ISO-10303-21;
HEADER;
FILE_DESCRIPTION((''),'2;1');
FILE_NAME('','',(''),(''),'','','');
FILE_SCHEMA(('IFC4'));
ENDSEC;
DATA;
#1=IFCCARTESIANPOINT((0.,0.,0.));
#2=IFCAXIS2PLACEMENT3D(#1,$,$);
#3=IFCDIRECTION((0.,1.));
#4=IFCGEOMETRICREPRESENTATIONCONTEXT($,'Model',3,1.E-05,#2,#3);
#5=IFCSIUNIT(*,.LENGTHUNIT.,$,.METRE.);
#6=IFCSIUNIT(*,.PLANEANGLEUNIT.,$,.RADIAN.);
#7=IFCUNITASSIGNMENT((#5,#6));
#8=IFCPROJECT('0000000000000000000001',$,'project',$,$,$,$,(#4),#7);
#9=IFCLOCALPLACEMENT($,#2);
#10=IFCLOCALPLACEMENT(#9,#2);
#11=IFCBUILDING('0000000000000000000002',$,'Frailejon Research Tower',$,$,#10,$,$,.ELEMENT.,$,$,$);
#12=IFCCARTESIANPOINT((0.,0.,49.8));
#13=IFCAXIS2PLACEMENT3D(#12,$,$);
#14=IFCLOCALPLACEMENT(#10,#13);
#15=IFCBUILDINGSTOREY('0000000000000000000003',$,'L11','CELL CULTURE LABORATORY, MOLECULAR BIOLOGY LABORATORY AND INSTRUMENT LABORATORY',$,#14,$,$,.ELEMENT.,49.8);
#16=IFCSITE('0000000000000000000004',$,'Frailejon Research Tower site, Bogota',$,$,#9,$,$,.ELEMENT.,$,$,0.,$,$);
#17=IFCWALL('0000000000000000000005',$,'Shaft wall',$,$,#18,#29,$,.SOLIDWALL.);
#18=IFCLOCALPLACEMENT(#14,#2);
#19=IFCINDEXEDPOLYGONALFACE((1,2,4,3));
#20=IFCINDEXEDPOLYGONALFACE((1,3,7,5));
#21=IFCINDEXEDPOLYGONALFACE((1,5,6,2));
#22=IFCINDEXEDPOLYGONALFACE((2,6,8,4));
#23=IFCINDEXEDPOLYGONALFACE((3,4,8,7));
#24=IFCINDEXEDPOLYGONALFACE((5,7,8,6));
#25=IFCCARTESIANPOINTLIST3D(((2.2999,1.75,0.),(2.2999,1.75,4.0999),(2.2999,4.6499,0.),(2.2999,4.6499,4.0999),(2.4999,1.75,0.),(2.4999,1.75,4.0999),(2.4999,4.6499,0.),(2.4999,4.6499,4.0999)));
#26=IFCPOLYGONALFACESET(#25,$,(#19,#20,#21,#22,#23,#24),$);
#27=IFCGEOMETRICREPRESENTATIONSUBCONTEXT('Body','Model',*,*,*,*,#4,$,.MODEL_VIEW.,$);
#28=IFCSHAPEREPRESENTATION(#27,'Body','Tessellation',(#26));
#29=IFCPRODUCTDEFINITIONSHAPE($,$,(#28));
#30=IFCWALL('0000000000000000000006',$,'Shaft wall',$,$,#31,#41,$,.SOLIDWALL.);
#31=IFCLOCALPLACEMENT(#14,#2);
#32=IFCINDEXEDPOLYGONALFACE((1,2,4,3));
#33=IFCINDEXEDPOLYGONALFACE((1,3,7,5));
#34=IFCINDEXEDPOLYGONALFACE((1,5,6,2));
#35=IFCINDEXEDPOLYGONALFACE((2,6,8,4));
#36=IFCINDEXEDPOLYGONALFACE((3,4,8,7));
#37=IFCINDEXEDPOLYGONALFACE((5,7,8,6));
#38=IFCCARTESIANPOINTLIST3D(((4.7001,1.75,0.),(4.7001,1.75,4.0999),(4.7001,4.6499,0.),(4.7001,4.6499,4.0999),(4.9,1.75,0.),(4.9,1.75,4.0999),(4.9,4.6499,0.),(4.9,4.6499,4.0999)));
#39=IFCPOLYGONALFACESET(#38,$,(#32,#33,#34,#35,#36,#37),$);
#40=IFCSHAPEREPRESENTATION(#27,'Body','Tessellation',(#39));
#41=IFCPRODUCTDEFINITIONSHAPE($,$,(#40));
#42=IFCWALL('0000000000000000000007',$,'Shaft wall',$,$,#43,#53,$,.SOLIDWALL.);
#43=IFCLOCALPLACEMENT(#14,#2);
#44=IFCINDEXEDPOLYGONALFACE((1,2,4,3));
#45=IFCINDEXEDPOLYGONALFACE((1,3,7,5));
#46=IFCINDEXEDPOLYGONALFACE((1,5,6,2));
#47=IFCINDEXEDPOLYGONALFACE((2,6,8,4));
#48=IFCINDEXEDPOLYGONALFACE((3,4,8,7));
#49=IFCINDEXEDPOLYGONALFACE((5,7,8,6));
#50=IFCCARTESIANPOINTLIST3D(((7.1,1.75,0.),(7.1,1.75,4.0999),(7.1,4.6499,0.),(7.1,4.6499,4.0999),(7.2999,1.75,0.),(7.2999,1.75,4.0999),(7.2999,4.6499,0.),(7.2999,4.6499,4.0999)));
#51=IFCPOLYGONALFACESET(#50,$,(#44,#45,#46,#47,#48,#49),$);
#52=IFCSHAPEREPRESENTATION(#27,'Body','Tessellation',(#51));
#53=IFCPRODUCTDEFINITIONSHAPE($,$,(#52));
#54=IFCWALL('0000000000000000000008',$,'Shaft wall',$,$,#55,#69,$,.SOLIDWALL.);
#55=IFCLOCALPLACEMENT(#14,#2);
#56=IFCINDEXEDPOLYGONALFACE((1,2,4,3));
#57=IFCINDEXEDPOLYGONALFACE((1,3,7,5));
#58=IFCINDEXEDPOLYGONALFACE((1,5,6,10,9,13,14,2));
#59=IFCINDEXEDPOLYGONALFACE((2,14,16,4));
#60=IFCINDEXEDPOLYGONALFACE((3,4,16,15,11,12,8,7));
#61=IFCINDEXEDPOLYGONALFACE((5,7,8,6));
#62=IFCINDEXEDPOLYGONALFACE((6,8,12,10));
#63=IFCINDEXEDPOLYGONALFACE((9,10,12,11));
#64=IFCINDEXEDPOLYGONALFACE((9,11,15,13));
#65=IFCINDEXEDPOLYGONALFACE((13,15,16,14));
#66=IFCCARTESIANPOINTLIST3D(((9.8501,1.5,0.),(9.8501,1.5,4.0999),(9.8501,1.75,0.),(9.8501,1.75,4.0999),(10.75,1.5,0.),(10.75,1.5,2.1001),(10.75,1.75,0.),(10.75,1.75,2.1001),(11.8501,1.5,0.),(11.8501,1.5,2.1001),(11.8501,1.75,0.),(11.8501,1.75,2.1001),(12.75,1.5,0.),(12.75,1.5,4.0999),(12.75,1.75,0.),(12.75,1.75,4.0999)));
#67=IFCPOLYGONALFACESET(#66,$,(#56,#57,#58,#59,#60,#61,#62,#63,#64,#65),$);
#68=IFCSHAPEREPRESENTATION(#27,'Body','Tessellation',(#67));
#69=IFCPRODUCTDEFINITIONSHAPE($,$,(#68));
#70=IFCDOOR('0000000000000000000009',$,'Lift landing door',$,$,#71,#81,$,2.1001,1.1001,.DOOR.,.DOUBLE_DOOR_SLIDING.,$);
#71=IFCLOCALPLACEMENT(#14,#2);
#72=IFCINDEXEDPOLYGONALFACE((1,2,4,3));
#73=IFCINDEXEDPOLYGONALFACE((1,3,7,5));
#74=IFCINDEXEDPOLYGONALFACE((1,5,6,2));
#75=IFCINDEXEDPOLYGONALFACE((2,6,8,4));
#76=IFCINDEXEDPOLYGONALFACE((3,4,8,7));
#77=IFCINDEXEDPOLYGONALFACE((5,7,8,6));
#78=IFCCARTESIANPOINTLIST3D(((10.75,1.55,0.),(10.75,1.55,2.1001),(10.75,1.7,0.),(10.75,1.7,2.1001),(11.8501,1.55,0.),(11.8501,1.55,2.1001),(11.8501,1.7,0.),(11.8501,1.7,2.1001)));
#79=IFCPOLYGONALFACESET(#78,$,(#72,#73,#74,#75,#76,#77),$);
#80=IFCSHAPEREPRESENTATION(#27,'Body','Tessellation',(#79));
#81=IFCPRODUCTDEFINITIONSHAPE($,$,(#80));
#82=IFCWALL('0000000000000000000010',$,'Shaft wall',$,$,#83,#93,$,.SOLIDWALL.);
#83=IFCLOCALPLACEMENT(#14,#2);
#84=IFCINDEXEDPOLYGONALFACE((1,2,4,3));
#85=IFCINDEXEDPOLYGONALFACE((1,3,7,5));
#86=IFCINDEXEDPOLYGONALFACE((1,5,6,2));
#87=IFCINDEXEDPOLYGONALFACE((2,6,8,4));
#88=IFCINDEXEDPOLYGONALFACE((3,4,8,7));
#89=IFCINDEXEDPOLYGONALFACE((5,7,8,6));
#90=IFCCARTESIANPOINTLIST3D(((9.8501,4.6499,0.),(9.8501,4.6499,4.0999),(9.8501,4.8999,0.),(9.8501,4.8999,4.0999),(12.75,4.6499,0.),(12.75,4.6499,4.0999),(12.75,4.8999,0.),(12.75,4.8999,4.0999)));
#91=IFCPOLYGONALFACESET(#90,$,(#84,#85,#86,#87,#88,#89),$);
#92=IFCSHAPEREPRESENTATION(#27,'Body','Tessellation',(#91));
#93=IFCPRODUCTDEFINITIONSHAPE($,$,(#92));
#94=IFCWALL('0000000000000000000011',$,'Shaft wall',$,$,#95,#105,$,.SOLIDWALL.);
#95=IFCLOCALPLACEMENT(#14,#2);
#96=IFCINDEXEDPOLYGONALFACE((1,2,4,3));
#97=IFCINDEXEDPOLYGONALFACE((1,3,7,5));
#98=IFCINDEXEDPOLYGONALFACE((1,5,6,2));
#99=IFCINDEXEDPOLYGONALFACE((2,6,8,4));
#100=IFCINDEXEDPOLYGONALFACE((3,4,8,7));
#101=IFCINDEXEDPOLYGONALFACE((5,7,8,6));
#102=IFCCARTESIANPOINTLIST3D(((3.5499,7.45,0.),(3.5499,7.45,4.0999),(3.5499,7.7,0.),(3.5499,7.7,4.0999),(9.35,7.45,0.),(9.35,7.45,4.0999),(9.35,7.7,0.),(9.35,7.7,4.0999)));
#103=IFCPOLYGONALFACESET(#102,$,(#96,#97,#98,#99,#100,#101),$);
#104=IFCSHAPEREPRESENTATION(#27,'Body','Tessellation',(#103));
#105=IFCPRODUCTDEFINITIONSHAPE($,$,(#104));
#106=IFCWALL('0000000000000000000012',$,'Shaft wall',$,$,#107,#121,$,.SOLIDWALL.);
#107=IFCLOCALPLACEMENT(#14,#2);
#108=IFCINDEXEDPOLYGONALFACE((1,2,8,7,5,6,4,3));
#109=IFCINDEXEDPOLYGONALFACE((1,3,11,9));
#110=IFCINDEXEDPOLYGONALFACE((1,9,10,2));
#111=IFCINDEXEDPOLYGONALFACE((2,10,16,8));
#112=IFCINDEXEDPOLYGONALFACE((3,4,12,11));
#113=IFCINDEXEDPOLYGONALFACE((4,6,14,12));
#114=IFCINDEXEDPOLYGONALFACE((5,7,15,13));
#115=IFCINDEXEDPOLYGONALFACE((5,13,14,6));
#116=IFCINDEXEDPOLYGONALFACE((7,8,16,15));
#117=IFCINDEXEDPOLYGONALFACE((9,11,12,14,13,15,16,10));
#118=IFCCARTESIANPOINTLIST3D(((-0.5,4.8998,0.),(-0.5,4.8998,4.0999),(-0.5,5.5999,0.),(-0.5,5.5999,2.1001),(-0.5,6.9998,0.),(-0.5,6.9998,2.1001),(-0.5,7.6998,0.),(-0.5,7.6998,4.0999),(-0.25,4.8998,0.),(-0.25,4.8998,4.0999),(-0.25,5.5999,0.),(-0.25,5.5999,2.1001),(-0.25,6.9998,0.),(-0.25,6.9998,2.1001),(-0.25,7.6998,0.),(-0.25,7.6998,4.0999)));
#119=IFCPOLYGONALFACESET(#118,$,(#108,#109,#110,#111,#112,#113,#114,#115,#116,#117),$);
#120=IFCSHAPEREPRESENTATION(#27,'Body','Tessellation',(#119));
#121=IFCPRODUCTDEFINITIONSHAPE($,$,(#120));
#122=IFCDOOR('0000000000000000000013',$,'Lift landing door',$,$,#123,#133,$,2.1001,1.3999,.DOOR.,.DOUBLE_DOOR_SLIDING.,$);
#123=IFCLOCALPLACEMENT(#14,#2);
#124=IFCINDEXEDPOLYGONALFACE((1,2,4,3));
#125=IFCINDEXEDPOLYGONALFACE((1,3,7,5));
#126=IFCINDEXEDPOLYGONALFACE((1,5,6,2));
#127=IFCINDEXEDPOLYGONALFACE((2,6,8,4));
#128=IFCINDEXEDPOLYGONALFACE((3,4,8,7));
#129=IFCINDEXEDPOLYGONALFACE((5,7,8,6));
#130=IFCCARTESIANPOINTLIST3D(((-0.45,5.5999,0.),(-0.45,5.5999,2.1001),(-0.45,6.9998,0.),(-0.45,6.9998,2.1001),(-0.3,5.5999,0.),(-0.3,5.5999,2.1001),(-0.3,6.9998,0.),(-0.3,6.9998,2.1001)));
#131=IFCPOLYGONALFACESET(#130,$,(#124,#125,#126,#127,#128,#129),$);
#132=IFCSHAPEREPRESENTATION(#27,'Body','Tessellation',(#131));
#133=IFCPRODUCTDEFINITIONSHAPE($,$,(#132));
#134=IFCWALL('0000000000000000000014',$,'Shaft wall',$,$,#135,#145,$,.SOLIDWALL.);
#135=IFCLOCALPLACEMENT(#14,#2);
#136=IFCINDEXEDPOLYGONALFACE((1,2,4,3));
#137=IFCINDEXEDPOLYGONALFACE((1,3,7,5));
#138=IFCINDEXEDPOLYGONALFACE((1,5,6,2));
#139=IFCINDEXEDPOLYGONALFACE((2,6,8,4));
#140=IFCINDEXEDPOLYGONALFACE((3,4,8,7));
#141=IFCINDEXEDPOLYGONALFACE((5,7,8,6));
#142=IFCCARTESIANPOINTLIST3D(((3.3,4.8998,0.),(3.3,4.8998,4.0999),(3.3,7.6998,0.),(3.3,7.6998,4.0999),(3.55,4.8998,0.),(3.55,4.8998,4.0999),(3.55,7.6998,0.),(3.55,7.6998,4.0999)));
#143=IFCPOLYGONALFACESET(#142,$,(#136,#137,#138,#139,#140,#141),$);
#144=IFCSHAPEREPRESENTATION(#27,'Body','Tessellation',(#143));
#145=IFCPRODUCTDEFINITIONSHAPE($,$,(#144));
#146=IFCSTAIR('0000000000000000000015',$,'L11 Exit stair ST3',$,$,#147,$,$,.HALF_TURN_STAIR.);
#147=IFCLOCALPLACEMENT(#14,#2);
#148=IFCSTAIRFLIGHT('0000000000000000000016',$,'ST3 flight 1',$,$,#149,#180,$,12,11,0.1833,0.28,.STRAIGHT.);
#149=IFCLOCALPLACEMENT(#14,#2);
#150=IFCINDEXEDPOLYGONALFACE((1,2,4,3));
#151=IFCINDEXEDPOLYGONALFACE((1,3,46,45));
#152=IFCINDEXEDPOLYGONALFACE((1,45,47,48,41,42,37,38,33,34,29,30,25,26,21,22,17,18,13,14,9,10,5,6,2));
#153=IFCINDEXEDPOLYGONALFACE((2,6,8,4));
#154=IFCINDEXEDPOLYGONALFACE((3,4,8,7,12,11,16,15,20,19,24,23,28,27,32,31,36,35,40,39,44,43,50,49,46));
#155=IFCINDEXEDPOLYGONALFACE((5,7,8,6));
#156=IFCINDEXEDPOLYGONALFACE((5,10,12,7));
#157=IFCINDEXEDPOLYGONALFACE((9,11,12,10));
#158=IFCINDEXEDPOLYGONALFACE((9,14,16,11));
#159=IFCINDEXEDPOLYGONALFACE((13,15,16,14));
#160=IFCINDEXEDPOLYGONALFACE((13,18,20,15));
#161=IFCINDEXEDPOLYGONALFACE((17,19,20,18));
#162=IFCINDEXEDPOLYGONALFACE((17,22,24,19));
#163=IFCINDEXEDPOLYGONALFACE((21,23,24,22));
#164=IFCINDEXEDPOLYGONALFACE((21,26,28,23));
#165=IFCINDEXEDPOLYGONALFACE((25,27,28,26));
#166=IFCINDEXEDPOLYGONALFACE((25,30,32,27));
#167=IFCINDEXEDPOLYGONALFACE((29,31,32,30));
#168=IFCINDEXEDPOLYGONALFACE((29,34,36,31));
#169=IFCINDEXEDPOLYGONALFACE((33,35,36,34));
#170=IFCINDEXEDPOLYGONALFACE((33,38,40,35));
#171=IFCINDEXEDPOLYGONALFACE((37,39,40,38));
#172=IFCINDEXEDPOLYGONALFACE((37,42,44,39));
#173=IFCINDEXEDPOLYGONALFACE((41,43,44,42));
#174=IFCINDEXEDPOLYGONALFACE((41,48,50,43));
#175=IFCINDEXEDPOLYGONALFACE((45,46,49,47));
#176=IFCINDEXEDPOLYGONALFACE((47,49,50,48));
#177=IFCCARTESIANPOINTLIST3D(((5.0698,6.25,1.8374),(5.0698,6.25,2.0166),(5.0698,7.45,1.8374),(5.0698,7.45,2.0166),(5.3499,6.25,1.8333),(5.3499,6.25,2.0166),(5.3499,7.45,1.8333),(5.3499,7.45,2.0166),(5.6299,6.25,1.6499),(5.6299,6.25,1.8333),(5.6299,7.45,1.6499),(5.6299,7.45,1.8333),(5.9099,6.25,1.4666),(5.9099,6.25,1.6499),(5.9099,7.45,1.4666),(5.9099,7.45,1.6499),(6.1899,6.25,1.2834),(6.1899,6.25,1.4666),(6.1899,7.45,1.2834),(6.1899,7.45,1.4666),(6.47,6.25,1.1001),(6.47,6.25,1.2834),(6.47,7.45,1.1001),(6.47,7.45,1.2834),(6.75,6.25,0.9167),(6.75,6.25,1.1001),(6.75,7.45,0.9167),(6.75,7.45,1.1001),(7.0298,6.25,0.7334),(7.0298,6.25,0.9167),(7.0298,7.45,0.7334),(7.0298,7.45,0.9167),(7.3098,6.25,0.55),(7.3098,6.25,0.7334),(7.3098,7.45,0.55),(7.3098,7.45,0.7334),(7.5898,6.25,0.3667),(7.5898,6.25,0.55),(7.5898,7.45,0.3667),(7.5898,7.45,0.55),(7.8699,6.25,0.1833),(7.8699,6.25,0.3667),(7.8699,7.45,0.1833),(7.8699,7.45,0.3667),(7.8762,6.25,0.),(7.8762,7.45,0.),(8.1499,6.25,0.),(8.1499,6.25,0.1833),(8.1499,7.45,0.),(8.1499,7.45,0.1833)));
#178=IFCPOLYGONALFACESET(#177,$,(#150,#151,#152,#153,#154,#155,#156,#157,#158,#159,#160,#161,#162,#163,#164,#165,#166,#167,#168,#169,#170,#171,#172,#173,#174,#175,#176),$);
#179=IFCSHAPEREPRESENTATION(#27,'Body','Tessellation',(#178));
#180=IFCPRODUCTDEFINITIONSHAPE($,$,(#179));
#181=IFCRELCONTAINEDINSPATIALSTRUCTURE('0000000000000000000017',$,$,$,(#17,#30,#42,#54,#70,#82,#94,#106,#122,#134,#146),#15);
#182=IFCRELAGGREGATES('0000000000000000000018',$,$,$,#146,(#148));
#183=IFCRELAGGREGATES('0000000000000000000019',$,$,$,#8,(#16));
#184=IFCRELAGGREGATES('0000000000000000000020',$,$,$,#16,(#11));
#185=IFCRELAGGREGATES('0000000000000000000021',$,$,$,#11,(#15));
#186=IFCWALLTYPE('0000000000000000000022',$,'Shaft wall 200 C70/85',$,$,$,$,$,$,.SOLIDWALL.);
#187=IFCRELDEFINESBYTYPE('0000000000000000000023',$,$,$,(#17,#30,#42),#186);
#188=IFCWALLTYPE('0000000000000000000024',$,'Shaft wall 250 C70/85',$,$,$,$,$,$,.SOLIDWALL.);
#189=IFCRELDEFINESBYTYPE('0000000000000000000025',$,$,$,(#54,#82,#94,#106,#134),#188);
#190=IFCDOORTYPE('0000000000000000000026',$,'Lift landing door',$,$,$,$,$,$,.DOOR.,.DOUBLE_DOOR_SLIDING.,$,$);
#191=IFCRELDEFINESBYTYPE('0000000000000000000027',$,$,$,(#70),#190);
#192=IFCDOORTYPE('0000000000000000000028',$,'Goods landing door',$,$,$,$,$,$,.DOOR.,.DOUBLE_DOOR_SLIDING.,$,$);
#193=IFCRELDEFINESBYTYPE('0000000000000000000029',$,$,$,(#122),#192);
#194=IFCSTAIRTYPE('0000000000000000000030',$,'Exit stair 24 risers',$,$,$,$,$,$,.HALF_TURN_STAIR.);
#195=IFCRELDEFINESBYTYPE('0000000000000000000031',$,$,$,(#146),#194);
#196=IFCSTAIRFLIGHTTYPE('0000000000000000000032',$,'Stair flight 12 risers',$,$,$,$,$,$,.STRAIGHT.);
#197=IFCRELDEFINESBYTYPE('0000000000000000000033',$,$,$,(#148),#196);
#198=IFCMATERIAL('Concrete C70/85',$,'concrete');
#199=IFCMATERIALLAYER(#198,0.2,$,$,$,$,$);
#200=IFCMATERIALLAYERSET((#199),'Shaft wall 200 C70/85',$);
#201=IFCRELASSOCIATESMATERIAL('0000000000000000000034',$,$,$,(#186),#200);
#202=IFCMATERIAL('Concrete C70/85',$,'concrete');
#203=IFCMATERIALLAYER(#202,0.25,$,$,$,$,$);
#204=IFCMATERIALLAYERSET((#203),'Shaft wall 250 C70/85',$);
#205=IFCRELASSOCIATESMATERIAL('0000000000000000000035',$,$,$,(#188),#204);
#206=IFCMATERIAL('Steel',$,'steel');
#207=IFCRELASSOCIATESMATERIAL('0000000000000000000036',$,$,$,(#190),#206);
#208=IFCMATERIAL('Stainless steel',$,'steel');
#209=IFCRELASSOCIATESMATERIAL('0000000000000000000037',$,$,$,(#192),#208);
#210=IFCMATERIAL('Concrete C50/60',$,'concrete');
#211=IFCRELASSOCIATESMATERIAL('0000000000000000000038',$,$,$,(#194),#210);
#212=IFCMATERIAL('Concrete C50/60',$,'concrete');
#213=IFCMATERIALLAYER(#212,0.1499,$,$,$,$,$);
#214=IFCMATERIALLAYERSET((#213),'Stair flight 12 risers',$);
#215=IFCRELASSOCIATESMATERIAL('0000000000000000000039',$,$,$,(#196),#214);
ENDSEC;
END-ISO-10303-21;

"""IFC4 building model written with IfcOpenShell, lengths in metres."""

from ifc_helpers import new_model, si_unit, direction, frame, frame_2d, origin, place, context, subcontext, project, spatial, polyline, rectangle, outline, extrude, material, layer, layer_set, type_object, element, fill, aggregate, save


model = new_model("IFC4")

# Units and contexts
model_context = context("Model", 3, precision=1e-05, world=origin(), true_north=direction((0.0, 1.0)))
body_context = subcontext(model_context, "Body", "Model", "MODEL_VIEW")
ifc_project = project(units=[si_unit("LENGTHUNIT", "METRE"), si_unit("PLANEANGLEUNIT", "RADIAN")], contexts=[model_context])

# Site, building, storey
site_placement = place(None, origin())
site = spatial("IfcSite", under=ifc_project, at=site_placement, Name="Frailejon Research Tower site, Bogota", CompositionType="ELEMENT", RefElevation=0.0)
building_placement = place(site_placement, origin())
building = spatial("IfcBuilding", under=site, at=building_placement, Name="Frailejon Research Tower", CompositionType="ELEMENT")
storey_placement = place(building_placement, frame((0.0, 0.0, 49.8)))
storey = spatial("IfcBuildingStorey", under=building, at=storey_placement, Name="L11", Description="CELL CULTURE LABORATORY, MOLECULAR BIOLOGY LABORATORY AND INSTRUMENT LABORATORY", CompositionType="ELEMENT", Elevation=49.8)

# Walls
ifc_material_1 = material(Name="Concrete C70/85", Category="concrete")
ifc_layer_1 = layer(ifc_material_1, 0.2)
ifc_layer_set_1 = layer_set([ifc_layer_1], Name="Shaft wall 200 C70/85")
wall_type_1 = type_object("IfcWallType", Name="Shaft wall 200 C70/85", PredefinedType="SOLIDWALL", material=ifc_layer_set_1)
for number, where, z_axis, x_axis, name in (
    (1, (2.3999, 1.75, 0.0), (0.0, 0.0, 1.0), (0.0, 1.0, 0.0), "Shaft wall"),
    (2, (4.8, 1.75, 0.0), (0.0, 0.0, 1.0), (0.0, 1.0, 0.0), "Shaft wall"),
    (3, (7.2, 1.75, 0.0), (0.0, 0.0, 1.0), (0.0, 1.0, 0.0), "Shaft wall"),
):
    element("IfcWall", number, at=place(storey_placement, frame(where, z_axis=z_axis, x_axis=x_axis)), inside=storey, type_object=wall_type_1, Name=name, PredefinedType="SOLIDWALL", context=body_context, shape_type="SweptSolid", body=[
        extrude(rectangle(XDim=2.8999, YDim=0.2, at=frame_2d((1.45, 0.0))), origin(), (0.0, 0.0, 1.0), 4.0999),
    ])

# Wall, opening, door
ifc_material_2 = material(Name="Concrete C70/85", Category="concrete")
ifc_layer_2 = layer(ifc_material_2, 0.25)
ifc_layer_set_2 = layer_set([ifc_layer_2], Name="Shaft wall 250 C70/85")
wall_type_2 = type_object("IfcWallType", Name="Shaft wall 250 C70/85", PredefinedType="SOLIDWALL", material=ifc_layer_set_2)
wall_1_placement = place(storey_placement, frame((9.8501, 1.625, 0.0), z_axis=(0.0, 0.0, 1.0), x_axis=(1.0, 0.0, 0.0)))
wall_1 = element("IfcWall", 4, at=wall_1_placement, inside=storey, type_object=wall_type_2, Name="Shaft wall", PredefinedType="SOLIDWALL", context=body_context, shape_type="SweptSolid", body=[
    extrude(rectangle(XDim=2.8999, YDim=0.25, at=frame_2d((1.45, 0.0))), origin(), (0.0, 0.0, 1.0), 4.0999),
])
opening_1_placement = place(wall_1_placement, frame((0.8999, 0.0, 0.0)))
opening_1 = element("IfcOpeningElement", 5, at=opening_1_placement, cuts=wall_1, PredefinedType="OPENING", context=body_context, shape_type="SweptSolid", body=[
    extrude(rectangle(XDim=1.1001, YDim=2.1001, at=frame_2d((0.55, 1.05))), frame((0.0, 0.135, 0.0), z_axis=(0.0, -1.0, 0.0), x_axis=(1.0, 0.0, 0.0)), (0.0, 0.0, 1.0), 0.27),
])
ifc_material_3 = material(Name="Steel", Category="steel")
door_type_1 = type_object("IfcDoorType", Name="Lift landing door", OperationType="DOUBLE_DOOR_SLIDING", PredefinedType="DOOR", material=ifc_material_3)
door_1_placement = place(opening_1_placement, origin())
door_1 = element("IfcDoor", 6, at=door_1_placement, inside=storey, type_object=door_type_1, Name="Lift landing door", OperationType="DOUBLE_DOOR_SLIDING", OverallHeight=2.1001, OverallWidth=1.1001, PredefinedType="DOOR", context=body_context, shape_type="SweptSolid", body=[
    extrude(rectangle(XDim=1.1001, YDim=2.1001, at=frame_2d((0.55, 1.05))), frame((0.0, 0.075, 0.0), z_axis=(0.0, -1.0, 0.0), x_axis=(1.0, 0.0, 0.0)), (0.0, 0.0, 1.0), 0.1499),
])
fill(opening_1, door_1)

# Walls
wall_2_placement = place(storey_placement, frame((9.8501, 4.7749, 0.0), z_axis=(0.0, 0.0, 1.0), x_axis=(1.0, 0.0, 0.0)))
element("IfcWall", 7, at=wall_2_placement, inside=storey, type_object=wall_type_2, Name="Shaft wall", PredefinedType="SOLIDWALL", context=body_context, shape_type="SweptSolid", body=[
    extrude(rectangle(XDim=2.8999, YDim=0.25, at=frame_2d((1.45, 0.0))), origin(), (0.0, 0.0, 1.0), 4.0999),
])
wall_3_placement = place(storey_placement, frame((3.55, 7.575, 0.0), z_axis=(0.0, 0.0, 1.0), x_axis=(1.0, 0.0, 0.0)))
element("IfcWall", 8, at=wall_3_placement, inside=storey, type_object=wall_type_2, Name="Shaft wall", PredefinedType="SOLIDWALL", context=body_context, shape_type="SweptSolid", body=[
    extrude(rectangle(XDim=5.8, YDim=0.25, at=frame_2d((2.8999, 0.0))), origin(), (0.0, 0.0, 1.0), 4.0999),
])

# Wall, opening, door
wall_4_placement = place(storey_placement, frame((-0.375, 4.8999, 0.0), z_axis=(0.0, 0.0, 1.0), x_axis=(0.0, 1.0, 0.0)))
wall_4 = element("IfcWall", 9, at=wall_4_placement, inside=storey, type_object=wall_type_2, Name="Shaft wall", PredefinedType="SOLIDWALL", context=body_context, shape_type="SweptSolid", body=[
    extrude(rectangle(XDim=2.8, YDim=0.25, at=frame_2d((1.3999, 0.0))), origin(), (0.0, 0.0, 1.0), 4.0999),
])
opening_2_placement = place(wall_4_placement, frame((0.7, 0.0, 0.0)))
opening_2 = element("IfcOpeningElement", 10, at=opening_2_placement, cuts=wall_4, PredefinedType="OPENING", context=body_context, shape_type="SweptSolid", body=[
    extrude(rectangle(XDim=1.3999, YDim=2.1001, at=frame_2d((0.7, 1.05))), frame((0.0, 0.135, 0.0), z_axis=(0.0, -1.0, 0.0), x_axis=(1.0, 0.0, 0.0)), (0.0, 0.0, 1.0), 0.27),
])
ifc_material_4 = material(Name="Stainless steel", Category="steel")
door_type_2 = type_object("IfcDoorType", Name="Goods landing door", OperationType="DOUBLE_DOOR_SLIDING", PredefinedType="DOOR", material=ifc_material_4)
door_2_placement = place(opening_2_placement, origin())
door_2 = element("IfcDoor", 11, at=door_2_placement, inside=storey, type_object=door_type_2, Name="Lift landing door", OperationType="DOUBLE_DOOR_SLIDING", OverallHeight=2.1001, OverallWidth=1.3999, PredefinedType="DOOR", context=body_context, shape_type="SweptSolid", body=[
    extrude(rectangle(XDim=1.3999, YDim=2.1001, at=frame_2d((0.7, 1.05))), frame((0.0, 0.075, 0.0), z_axis=(0.0, -1.0, 0.0), x_axis=(1.0, 0.0, 0.0)), (0.0, 0.0, 1.0), 0.1499),
])
fill(opening_2, door_2)

# Wall
wall_5_placement = place(storey_placement, frame((3.425, 4.8999, 0.0), z_axis=(0.0, 0.0, 1.0), x_axis=(0.0, 1.0, 0.0)))
element("IfcWall", 12, at=wall_5_placement, inside=storey, type_object=wall_type_2, Name="Shaft wall", PredefinedType="SOLIDWALL", context=body_context, shape_type="SweptSolid", body=[
    extrude(rectangle(XDim=2.8, YDim=0.25, at=frame_2d((1.3999, 0.0))), origin(), (0.0, 0.0, 1.0), 4.0999),
])

# Stair, stair flight
ifc_material_5 = material(Name="Concrete C50/60", Category="concrete")
stair_type = type_object("IfcStairType", Name="Exit stair 24 risers", PredefinedType="HALF_TURN_STAIR", material=ifc_material_5)
stair_placement = place(storey_placement, origin())
stair = element("IfcStair", 13, at=stair_placement, inside=storey, type_object=stair_type, Name="L11 Exit stair ST3", PredefinedType="HALF_TURN_STAIR")
ifc_material_6 = material(Name="Concrete C50/60", Category="concrete")
ifc_layer_3 = layer(ifc_material_6, 0.1499)
ifc_layer_set_3 = layer_set([ifc_layer_3], Name="Stair flight 12 risers")
stair_flight_type = type_object("IfcStairFlightType", Name="Stair flight 12 risers", PredefinedType="STRAIGHT", material=ifc_layer_set_3)
stair_flight_1_placement = place(storey_placement, frame((8.1499, 6.8501, 0.0), z_axis=(0.0, 0.0, 1.0), x_axis=(-1.0, 0.0, 0.0)))
stair_flight_1 = element("IfcStairFlight", 14, at=stair_flight_1_placement, type_object=stair_flight_type, Name="ST3 flight 1", NumberOfRisers=12, NumberOfTreads=11, PredefinedType="STRAIGHT", RiserHeight=0.1833, TreadLength=0.28, context=body_context, shape_type="SweptSolid", body=[
    extrude(outline(polyline([(0.0, 0.0), (0.0, 0.1833), (0.28, 0.1833), (0.28, 0.3667), (0.5601, 0.3667), (0.5601, 0.55), (0.8401, 0.55), (0.8401, 0.7334), (1.1201, 0.7334), (1.1201, 0.9167), (1.3999, 0.9167), (1.3999, 1.1001), (1.6799, 1.1001), (1.6799, 1.2834), (1.96, 1.2834), (1.96, 1.4666), (2.24, 1.4666), (2.24, 1.6499), (2.52, 1.6499), (2.52, 1.8333), (2.8, 1.8333), (2.8, 2.0166), (3.0801, 2.0166), (3.0801, 2.2), (3.0801, 1.8374), (0.2737, 0.0), (0.0, 0.0)])), frame((0.0, 0.6001, 0.0), z_axis=(0.0, -1.0, 0.0), x_axis=(1.0, 0.0, 0.0)), (0.0, 0.0, 1.0), 1.2),
])
aggregate(stair, [stair_flight_1])

save(model, "model.ifc")
